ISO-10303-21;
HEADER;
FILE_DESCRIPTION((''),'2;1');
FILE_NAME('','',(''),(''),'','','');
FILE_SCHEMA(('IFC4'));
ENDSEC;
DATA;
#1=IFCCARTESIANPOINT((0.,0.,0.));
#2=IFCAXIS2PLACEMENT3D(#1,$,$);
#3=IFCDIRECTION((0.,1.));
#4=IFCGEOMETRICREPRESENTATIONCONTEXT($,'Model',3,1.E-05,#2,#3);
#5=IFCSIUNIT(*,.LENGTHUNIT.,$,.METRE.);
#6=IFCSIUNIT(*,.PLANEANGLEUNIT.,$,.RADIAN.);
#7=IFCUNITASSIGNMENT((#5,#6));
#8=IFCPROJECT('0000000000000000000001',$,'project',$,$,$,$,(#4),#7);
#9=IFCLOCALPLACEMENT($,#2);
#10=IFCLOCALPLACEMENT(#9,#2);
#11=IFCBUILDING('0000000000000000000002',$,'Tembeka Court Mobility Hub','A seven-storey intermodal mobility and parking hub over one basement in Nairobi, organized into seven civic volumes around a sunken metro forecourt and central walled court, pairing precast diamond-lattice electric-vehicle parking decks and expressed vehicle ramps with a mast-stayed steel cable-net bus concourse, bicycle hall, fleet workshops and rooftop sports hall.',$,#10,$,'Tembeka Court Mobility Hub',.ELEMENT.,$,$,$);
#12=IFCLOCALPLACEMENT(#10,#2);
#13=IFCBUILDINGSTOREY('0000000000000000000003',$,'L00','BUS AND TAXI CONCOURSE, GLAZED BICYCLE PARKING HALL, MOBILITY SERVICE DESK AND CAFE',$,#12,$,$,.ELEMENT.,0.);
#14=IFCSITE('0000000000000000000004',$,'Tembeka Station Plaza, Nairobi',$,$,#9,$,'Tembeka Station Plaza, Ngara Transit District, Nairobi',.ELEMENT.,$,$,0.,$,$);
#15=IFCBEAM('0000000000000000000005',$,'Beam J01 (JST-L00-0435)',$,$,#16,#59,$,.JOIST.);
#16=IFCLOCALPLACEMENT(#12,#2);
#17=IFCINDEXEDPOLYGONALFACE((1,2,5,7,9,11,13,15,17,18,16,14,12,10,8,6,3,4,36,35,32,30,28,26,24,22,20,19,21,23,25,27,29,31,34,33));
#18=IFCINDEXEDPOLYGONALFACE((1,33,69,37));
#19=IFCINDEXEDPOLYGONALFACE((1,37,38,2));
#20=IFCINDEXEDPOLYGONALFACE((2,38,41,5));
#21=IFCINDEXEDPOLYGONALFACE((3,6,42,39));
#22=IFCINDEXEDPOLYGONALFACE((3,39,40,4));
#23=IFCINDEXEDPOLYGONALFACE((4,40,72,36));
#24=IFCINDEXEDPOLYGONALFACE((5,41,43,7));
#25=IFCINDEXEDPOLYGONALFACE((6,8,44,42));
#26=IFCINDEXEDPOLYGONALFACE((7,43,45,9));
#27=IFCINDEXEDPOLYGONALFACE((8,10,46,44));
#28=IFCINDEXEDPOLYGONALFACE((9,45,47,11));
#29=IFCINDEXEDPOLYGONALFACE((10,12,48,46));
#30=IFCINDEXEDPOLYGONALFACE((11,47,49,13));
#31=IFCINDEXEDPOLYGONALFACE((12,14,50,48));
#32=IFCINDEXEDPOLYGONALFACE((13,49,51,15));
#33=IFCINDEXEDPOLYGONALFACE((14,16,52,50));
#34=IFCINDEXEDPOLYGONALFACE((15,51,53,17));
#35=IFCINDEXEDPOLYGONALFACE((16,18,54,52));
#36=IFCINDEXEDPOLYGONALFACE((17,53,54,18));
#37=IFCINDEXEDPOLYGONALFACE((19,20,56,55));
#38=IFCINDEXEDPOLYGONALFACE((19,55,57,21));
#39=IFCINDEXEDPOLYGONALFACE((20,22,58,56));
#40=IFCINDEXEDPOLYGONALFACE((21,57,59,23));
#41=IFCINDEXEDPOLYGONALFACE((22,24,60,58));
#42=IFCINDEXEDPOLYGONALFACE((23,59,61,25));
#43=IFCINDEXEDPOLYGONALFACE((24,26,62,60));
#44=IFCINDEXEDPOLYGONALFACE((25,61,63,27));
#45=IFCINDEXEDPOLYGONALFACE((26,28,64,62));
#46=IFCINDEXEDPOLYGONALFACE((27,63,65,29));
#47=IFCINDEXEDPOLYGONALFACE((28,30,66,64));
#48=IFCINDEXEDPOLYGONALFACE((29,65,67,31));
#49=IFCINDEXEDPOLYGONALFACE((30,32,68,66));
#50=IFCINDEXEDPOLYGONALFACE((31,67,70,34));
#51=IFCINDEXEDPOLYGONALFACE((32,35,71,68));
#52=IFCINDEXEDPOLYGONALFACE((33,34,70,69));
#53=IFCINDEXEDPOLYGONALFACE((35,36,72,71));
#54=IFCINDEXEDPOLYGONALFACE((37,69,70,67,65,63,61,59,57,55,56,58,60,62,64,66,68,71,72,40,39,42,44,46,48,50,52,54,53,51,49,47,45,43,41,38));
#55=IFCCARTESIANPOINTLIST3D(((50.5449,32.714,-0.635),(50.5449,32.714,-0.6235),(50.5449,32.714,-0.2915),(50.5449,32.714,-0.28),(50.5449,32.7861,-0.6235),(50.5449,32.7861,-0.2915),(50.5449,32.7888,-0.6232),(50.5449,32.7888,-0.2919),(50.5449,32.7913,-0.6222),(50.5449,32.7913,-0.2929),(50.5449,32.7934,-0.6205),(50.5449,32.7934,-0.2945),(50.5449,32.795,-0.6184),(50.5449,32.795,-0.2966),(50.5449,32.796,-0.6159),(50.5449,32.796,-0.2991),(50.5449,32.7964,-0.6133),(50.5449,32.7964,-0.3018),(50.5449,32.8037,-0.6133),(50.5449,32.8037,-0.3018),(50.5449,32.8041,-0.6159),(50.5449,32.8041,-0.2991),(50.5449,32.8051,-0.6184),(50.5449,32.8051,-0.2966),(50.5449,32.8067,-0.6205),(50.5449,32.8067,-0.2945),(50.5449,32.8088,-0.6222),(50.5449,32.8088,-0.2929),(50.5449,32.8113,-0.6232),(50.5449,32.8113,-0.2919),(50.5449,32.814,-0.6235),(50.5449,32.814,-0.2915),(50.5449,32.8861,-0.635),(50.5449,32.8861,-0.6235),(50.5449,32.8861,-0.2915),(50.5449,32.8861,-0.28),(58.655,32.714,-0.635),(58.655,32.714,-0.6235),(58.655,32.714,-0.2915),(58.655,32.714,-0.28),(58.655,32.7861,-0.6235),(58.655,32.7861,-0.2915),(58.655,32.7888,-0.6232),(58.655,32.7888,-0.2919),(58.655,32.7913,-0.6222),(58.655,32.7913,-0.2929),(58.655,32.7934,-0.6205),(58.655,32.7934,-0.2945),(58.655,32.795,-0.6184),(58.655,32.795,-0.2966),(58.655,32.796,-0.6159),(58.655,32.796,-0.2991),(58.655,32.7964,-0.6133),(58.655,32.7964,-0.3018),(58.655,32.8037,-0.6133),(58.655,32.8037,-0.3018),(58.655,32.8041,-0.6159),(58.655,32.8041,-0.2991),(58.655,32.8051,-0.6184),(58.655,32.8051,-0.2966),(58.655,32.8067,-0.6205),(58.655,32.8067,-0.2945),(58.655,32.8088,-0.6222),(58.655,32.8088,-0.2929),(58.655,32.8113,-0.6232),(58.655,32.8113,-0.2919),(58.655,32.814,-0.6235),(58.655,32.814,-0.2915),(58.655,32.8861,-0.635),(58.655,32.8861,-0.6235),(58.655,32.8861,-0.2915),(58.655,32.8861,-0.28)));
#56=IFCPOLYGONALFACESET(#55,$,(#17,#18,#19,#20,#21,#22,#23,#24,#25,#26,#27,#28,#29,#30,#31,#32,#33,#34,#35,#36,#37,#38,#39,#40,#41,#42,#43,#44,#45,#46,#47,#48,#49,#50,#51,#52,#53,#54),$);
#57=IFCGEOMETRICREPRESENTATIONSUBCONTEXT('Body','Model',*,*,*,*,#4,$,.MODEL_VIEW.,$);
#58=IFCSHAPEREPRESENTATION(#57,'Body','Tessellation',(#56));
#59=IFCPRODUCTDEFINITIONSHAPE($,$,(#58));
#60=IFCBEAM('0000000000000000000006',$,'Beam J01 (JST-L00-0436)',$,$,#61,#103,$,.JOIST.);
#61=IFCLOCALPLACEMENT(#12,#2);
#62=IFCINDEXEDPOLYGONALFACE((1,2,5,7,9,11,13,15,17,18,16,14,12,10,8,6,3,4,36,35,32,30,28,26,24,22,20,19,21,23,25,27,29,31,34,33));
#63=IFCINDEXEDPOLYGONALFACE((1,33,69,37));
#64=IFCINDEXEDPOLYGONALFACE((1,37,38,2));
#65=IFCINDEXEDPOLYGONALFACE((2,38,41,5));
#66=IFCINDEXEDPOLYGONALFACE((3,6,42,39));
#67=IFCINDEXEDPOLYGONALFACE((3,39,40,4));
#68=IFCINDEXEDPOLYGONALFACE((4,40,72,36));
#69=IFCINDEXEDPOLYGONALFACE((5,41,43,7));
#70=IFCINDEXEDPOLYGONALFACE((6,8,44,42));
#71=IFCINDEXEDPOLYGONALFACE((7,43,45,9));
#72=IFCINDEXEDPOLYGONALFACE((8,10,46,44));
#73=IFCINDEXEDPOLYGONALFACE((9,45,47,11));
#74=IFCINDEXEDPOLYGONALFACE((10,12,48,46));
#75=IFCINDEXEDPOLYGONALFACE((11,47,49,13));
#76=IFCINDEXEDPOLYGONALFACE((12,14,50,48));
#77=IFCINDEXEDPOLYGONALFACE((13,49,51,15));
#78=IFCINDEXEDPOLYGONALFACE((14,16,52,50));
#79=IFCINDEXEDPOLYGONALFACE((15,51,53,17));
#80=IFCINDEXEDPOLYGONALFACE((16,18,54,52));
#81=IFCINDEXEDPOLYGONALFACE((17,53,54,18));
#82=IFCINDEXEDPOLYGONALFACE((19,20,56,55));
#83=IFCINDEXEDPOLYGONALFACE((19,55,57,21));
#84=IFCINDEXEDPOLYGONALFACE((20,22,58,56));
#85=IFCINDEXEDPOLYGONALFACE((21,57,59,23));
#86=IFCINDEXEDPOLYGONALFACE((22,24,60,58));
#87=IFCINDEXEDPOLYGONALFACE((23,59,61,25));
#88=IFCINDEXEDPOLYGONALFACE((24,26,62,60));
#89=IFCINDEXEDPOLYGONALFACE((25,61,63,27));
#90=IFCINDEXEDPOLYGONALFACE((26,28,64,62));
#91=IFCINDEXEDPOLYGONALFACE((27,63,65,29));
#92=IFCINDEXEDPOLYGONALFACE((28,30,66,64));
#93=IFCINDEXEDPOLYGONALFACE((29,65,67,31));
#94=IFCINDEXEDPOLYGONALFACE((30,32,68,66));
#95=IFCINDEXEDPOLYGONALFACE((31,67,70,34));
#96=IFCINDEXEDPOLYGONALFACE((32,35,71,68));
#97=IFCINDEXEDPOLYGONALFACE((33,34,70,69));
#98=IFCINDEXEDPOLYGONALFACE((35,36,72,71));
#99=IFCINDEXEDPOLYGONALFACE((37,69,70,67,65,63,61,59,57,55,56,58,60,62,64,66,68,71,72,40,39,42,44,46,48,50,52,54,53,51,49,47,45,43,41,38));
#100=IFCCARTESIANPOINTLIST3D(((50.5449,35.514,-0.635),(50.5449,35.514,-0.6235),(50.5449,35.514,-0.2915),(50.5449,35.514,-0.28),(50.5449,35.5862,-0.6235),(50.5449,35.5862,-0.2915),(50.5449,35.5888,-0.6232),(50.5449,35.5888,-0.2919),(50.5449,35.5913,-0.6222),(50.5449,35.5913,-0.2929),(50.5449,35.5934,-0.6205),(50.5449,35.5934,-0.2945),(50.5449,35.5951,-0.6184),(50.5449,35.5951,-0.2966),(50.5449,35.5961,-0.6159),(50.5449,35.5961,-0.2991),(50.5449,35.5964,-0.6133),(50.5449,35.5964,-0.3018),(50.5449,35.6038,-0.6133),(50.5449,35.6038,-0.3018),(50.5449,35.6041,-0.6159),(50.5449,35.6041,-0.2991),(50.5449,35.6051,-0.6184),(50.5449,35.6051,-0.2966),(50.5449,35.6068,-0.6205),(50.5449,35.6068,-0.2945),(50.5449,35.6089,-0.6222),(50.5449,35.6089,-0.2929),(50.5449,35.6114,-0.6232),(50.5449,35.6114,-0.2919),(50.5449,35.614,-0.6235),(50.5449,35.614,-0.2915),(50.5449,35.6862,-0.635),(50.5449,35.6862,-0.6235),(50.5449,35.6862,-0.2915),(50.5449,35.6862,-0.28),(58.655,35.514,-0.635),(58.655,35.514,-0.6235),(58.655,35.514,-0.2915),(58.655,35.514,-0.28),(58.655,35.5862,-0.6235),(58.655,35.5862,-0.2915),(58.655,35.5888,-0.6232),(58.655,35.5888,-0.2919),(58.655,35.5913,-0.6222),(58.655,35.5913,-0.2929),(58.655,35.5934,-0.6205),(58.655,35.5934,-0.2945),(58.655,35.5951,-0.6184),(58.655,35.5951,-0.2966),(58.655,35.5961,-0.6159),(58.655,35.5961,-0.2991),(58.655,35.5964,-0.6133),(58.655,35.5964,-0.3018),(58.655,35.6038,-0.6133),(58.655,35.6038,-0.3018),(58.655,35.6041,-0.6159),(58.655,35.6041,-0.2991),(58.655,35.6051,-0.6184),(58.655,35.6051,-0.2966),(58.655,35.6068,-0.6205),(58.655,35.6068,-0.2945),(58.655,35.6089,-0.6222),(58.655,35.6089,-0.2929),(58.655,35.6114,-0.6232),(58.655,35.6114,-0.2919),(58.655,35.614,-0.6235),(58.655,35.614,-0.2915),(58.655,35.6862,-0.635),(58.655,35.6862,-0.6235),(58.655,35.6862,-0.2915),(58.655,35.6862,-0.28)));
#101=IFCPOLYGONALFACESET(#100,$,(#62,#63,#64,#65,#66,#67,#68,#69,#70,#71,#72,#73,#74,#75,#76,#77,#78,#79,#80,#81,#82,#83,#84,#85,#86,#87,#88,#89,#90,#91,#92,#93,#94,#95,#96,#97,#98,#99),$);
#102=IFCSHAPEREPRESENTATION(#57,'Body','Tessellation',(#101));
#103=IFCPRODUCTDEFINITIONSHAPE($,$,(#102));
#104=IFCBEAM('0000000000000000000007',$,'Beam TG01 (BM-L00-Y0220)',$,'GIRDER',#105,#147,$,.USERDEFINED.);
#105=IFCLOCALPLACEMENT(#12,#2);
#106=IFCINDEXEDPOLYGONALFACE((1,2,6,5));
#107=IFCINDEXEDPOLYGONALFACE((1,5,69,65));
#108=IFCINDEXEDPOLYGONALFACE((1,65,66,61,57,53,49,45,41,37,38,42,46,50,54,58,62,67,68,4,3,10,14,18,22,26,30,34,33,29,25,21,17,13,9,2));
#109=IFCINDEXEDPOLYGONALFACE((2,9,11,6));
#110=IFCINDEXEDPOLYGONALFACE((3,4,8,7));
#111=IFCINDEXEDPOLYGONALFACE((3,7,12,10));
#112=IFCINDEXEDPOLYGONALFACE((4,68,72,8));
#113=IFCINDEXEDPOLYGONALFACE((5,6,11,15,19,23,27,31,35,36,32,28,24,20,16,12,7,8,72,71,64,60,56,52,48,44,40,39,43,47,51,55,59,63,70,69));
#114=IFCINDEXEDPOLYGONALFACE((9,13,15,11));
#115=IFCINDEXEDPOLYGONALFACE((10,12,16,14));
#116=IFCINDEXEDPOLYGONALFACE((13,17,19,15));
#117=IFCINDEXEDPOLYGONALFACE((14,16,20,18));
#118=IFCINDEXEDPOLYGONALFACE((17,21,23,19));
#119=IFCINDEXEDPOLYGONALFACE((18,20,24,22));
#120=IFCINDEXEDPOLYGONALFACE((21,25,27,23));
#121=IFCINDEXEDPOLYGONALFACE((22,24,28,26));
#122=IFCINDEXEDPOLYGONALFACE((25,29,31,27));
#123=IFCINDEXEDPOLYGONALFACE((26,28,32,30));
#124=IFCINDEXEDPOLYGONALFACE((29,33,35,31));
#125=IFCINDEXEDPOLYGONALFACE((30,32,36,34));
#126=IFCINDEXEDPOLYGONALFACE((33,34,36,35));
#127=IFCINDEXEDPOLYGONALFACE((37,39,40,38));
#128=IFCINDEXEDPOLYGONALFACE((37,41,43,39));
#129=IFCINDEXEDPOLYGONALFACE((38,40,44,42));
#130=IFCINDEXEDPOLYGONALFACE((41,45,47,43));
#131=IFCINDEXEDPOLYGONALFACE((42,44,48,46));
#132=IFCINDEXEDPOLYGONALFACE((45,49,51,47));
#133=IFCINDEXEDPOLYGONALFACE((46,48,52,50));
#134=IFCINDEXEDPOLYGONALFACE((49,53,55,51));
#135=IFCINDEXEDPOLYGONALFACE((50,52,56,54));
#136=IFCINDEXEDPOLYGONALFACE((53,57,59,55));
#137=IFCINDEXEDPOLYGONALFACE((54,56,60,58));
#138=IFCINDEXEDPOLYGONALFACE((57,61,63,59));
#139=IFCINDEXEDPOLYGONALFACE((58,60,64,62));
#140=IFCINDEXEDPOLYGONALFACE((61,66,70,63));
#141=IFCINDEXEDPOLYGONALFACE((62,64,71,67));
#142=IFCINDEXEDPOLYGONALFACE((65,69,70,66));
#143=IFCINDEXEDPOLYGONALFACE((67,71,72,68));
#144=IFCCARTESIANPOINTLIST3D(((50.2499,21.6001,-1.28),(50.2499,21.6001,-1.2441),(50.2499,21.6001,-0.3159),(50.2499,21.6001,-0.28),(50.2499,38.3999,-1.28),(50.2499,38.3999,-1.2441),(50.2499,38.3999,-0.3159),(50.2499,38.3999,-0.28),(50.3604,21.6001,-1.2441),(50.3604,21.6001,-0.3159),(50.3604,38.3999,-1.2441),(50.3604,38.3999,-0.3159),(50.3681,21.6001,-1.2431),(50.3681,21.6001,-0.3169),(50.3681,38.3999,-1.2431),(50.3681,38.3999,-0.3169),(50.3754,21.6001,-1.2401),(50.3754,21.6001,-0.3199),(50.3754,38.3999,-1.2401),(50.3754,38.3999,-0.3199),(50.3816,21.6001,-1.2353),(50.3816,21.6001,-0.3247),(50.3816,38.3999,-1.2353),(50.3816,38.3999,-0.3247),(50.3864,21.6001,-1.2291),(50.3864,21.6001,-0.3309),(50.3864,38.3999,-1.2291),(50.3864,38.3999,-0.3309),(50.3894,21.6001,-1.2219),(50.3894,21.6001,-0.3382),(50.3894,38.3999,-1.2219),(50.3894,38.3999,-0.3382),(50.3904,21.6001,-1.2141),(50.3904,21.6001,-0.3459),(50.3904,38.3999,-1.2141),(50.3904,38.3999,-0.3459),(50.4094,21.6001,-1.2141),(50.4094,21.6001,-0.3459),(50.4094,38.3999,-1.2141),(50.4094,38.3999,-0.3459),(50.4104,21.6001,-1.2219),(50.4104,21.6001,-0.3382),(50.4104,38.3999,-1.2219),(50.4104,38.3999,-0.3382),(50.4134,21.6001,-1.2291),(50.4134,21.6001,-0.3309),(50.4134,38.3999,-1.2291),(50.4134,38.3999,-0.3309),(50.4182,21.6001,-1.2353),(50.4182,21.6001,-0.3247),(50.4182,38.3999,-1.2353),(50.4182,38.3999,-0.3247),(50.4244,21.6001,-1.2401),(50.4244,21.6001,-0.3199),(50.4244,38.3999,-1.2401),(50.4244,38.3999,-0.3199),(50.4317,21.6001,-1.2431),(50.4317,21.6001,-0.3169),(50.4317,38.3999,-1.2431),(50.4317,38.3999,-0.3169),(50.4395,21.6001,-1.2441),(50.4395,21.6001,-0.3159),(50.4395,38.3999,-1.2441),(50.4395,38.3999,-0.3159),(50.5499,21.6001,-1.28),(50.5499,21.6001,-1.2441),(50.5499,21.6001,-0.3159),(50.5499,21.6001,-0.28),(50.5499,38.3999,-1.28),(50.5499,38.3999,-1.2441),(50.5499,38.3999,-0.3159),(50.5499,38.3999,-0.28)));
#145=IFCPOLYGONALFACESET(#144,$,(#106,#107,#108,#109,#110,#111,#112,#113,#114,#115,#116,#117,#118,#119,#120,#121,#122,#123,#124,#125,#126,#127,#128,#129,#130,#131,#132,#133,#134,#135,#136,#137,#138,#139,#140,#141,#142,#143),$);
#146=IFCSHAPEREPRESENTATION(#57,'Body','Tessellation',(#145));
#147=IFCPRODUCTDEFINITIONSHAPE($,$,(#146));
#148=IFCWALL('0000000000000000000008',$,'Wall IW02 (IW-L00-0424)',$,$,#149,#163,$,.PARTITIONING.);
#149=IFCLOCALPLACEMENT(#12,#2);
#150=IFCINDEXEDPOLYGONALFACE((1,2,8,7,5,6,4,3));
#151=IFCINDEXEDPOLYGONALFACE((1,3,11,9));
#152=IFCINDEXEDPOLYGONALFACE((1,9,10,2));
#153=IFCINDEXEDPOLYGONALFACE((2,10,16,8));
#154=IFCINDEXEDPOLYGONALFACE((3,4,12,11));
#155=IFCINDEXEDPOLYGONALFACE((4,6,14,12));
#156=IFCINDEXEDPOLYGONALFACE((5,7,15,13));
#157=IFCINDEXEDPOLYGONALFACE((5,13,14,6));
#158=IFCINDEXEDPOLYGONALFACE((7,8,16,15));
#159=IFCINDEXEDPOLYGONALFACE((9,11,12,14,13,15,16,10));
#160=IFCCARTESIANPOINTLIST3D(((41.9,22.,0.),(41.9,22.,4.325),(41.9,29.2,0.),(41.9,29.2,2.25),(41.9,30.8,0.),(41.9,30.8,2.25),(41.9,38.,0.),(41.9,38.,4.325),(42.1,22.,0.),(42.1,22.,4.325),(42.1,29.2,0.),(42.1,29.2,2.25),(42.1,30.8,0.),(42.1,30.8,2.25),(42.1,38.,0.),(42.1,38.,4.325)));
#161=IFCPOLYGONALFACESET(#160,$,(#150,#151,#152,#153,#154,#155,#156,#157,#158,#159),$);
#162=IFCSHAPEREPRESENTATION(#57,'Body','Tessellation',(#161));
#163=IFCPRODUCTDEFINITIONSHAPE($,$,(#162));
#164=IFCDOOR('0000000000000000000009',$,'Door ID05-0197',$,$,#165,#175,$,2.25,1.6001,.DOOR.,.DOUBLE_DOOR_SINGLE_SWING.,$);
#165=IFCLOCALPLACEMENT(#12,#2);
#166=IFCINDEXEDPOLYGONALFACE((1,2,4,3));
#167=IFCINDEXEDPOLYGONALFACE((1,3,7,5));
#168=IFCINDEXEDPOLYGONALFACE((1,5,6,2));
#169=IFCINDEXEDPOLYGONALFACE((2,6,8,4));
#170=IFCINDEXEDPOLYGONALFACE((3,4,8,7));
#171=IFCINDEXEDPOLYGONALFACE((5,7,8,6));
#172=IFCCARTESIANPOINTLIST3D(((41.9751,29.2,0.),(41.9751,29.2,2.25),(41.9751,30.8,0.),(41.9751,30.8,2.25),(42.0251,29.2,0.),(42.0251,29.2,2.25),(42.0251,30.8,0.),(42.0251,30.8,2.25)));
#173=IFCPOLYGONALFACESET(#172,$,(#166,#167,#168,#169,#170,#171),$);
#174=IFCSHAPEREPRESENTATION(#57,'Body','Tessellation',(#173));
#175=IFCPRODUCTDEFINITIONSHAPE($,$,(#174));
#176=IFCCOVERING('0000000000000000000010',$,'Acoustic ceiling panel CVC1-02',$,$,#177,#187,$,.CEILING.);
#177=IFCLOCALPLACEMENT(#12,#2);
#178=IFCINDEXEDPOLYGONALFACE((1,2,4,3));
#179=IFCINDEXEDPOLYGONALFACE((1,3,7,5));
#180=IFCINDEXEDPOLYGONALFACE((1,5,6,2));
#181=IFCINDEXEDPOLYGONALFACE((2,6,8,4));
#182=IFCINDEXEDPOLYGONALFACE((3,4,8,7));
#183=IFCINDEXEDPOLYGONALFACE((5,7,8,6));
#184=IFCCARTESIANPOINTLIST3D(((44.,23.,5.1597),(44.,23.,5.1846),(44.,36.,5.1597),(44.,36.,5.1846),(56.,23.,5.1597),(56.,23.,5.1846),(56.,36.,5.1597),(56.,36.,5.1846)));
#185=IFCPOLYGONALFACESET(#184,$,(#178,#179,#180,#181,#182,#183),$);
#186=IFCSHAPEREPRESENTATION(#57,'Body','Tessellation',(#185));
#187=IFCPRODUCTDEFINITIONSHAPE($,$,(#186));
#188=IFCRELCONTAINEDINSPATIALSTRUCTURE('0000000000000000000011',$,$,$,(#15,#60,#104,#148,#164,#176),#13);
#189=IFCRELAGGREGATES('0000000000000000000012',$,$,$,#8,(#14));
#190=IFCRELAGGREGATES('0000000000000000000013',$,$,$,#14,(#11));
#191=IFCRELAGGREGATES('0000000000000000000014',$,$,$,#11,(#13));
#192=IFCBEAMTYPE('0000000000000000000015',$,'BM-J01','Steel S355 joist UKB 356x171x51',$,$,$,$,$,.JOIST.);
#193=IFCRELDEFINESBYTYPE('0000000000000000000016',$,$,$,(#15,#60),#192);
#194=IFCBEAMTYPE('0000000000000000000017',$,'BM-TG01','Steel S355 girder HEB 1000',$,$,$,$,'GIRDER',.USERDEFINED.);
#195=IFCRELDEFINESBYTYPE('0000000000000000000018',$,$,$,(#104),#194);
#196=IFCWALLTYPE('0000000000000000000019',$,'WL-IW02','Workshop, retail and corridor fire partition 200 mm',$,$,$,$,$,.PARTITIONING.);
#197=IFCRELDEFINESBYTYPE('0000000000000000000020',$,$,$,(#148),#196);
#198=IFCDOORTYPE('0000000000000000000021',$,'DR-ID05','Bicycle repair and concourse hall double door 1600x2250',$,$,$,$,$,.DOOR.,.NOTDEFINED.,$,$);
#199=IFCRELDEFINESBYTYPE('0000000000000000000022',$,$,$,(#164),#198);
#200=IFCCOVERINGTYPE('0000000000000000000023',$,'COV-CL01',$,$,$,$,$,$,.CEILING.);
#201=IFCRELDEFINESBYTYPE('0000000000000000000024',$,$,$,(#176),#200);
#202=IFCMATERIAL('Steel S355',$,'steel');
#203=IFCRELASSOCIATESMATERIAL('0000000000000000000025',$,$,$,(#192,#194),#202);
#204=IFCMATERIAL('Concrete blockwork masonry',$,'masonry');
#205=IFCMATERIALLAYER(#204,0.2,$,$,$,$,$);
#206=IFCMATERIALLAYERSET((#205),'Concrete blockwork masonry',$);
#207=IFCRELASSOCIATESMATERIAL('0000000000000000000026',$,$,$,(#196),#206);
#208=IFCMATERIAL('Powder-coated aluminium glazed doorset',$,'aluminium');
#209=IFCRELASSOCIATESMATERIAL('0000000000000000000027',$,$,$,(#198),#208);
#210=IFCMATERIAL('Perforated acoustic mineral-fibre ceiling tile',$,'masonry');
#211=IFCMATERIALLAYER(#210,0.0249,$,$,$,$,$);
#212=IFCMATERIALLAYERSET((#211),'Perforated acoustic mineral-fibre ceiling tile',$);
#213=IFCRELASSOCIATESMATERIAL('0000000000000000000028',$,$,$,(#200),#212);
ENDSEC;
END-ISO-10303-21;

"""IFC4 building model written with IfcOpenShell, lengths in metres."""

from ifc_helpers import new_model, si_unit, direction, frame, frame_2d, origin, origin_2d, place, context, subcontext, project, spatial, rectangle, i_section, extrude, material, layer, layer_set, material_profile, profile_set, type_object, element, fill, save


model = new_model("IFC4")

# Units and contexts
model_context = context("Model", 3, precision=1e-05, world=origin(), true_north=direction((0.0, 1.0)))
body_context = subcontext(model_context, "Body", "Model", "MODEL_VIEW")
ifc_project = project(units=[si_unit("LENGTHUNIT", "METRE"), si_unit("PLANEANGLEUNIT", "RADIAN")], contexts=[model_context])

# Site, building, storey
site_placement = place(None, origin())
site = spatial("IfcSite", under=ifc_project, at=site_placement, Name="Tembeka Station Plaza, Nairobi", LongName="Tembeka Station Plaza, Ngara Transit District, Nairobi", CompositionType="ELEMENT", RefElevation=0.0)
building_placement = place(site_placement, origin())
building = spatial("IfcBuilding", under=site, at=building_placement, Name="Tembeka Court Mobility Hub", Description="A seven-storey intermodal mobility and parking hub over one basement in Nairobi, organized into seven civic volumes around a sunken metro forecourt and central walled court, pairing precast diamond-lattice electric-vehicle parking decks and expressed vehicle ramps with a mast-stayed steel cable-net bus concourse, bicycle hall, fleet workshops and rooftop sports hall.", LongName="Tembeka Court Mobility Hub", CompositionType="ELEMENT")
storey_placement = place(building_placement, origin())
storey = spatial("IfcBuildingStorey", under=building, at=storey_placement, Name="L00", Description="BUS AND TAXI CONCOURSE, GLAZED BICYCLE PARKING HALL, MOBILITY SERVICE DESK AND CAFE", CompositionType="ELEMENT", Elevation=0.0)

# Shared definitions
ifc_material_1 = material(Name="Steel S355", Category="steel")

# Beams
ifc_material_profile_1 = material_profile(ifc_material_1, i_section(OverallWidth=0.1721, OverallDepth=0.355, WebThickness=0.0073, FlangeThickness=0.0115, FilletRadius=0.0103, at=origin_2d()), Name="UKB 356x171x51")
ifc_profile_set_1 = profile_set([ifc_material_profile_1], Name="Steel S355")
beam_type_1 = type_object("IfcBeamType", Name="BM-J01", Description="Steel S355 joist UKB 356x171x51", PredefinedType="JOIST", material=ifc_profile_set_1)
for number, where, z_axis, x_axis, name in (
    (1, (50.5449, 32.8, -0.4575), (1.0, 0.0, 0.0), (0.0, 1.0, 0.0), "Beam J01 (JST-L00-0435)"),
    (2, (50.5449, 35.6001, -0.4575), (1.0, 0.0, 0.0), (0.0, 1.0, 0.0), "Beam J01 (JST-L00-0436)"),
):
    element("IfcBeam", number, at=place(storey_placement, frame(where, z_axis=z_axis, x_axis=x_axis)), inside=storey, type_object=beam_type_1, Name=name, PredefinedType="JOIST", context=body_context, shape_type="SweptSolid", body=[
        extrude(i_section(OverallWidth=0.1721, OverallDepth=0.355, WebThickness=0.0073, FlangeThickness=0.0115, FilletRadius=0.0103, at=origin_2d()), origin(), (0.0, 0.0, 1.0), 8.1101),
    ])
ifc_material_profile_2 = material_profile(ifc_material_1, i_section(OverallWidth=0.3, OverallDepth=1.0, WebThickness=0.019, FlangeThickness=0.0359, FilletRadius=0.03, at=origin_2d()), Name="HEB 1000")
ifc_profile_set_2 = profile_set([ifc_material_profile_2], Name="Steel S355")
beam_type_2 = type_object("IfcBeamType", Name="BM-TG01", Description="Steel S355 girder HEB 1000", ElementType="GIRDER", PredefinedType="USERDEFINED", material=ifc_profile_set_2)
beam_1_placement = place(storey_placement, frame((50.3999, 21.6001, -0.78), z_axis=(0.0, 1.0, 0.0), x_axis=(-1.0, 0.0, 0.0)))
element("IfcBeam", 3, at=beam_1_placement, inside=storey, type_object=beam_type_2, Name="Beam TG01 (BM-L00-Y0220)", ObjectType="GIRDER", PredefinedType="USERDEFINED", context=body_context, shape_type="SweptSolid", body=[
    extrude(i_section(OverallWidth=0.3, OverallDepth=1.0, WebThickness=0.019, FlangeThickness=0.0359, FilletRadius=0.03, at=origin_2d()), origin(), (0.0, 0.0, 1.0), 16.7998),
])

# Wall, opening, door
ifc_material_2 = material(Name="Concrete blockwork masonry", Category="masonry")
ifc_layer_1 = layer(ifc_material_2, 0.2)
ifc_layer_set_1 = layer_set([ifc_layer_1], Name="Concrete blockwork masonry")
wall_type = type_object("IfcWallType", Name="WL-IW02", Description="Workshop, retail and corridor fire partition 200 mm", PredefinedType="PARTITIONING", material=ifc_layer_set_1)
wall_placement = place(storey_placement, frame((42.0, 22.0, 0.0), z_axis=(0.0, 0.0, 1.0), x_axis=(0.0, 1.0, 0.0)))
wall = element("IfcWall", 4, at=wall_placement, inside=storey, type_object=wall_type, Name="Wall IW02 (IW-L00-0424)", PredefinedType="PARTITIONING", context=body_context, shape_type="SweptSolid", body=[
    extrude(rectangle(XDim=16.0, YDim=0.2, at=frame_2d((8.0, 0.0))), origin(), (0.0, 0.0, 1.0), 4.325),
])
opening_placement = place(wall_placement, frame((7.2, 0.0, 0.0)))
opening = element("IfcOpeningElement", 5, at=opening_placement, cuts=wall, PredefinedType="OPENING", context=body_context, shape_type="SweptSolid", body=[
    extrude(rectangle(XDim=1.6001, YDim=2.25, at=frame_2d((0.8, 1.125))), frame((0.0, 0.1099, 0.0), z_axis=(0.0, -1.0, 0.0), x_axis=(1.0, 0.0, 0.0)), (0.0, 0.0, 1.0), 0.22),
])
ifc_material_3 = material(Name="Powder-coated aluminium glazed doorset", Category="aluminium")
door_type = type_object("IfcDoorType", Name="DR-ID05", Description="Bicycle repair and concourse hall double door 1600x2250", OperationType="NOTDEFINED", PredefinedType="DOOR", material=ifc_material_3)
door_placement = place(opening_placement, origin())
door = element("IfcDoor", 6, at=door_placement, inside=storey, type_object=door_type, Name="Door ID05-0197", OperationType="DOUBLE_DOOR_SINGLE_SWING", OverallHeight=2.25, OverallWidth=1.6001, PredefinedType="DOOR", context=body_context, shape_type="SweptSolid", body=[
    extrude(rectangle(XDim=1.6001, YDim=2.25, at=frame_2d((0.8, 1.125))), frame((0.0, 0.0249, 0.0), z_axis=(0.0, -1.0, 0.0), x_axis=(1.0, 0.0, 0.0)), (0.0, 0.0, 1.0), 0.05),
])
fill(opening, door)

# Covering
ifc_material_4 = material(Name="Perforated acoustic mineral-fibre ceiling tile", Category="masonry")
ifc_layer_2 = layer(ifc_material_4, 0.0249)
ifc_layer_set_2 = layer_set([ifc_layer_2], Name="Perforated acoustic mineral-fibre ceiling tile")
covering_type_1 = type_object("IfcCoveringType", Name="COV-CL01", PredefinedType="CEILING", material=ifc_layer_set_2)
covering_1_placement = place(storey_placement, frame((50.0, 29.5, 5.1597), z_axis=(0.0, 0.0, 1.0), x_axis=(1.0, 0.0, 0.0)))
element("IfcCovering", 7, at=covering_1_placement, inside=storey, type_object=covering_type_1, Name="Acoustic ceiling panel CVC1-02", PredefinedType="CEILING", context=body_context, shape_type="SweptSolid", body=[
    extrude(rectangle(XDim=12.0, YDim=13.0, at=origin_2d()), origin(), (0.0, 0.0, 1.0), 0.0249),
])

save(model, "model.ifc")
